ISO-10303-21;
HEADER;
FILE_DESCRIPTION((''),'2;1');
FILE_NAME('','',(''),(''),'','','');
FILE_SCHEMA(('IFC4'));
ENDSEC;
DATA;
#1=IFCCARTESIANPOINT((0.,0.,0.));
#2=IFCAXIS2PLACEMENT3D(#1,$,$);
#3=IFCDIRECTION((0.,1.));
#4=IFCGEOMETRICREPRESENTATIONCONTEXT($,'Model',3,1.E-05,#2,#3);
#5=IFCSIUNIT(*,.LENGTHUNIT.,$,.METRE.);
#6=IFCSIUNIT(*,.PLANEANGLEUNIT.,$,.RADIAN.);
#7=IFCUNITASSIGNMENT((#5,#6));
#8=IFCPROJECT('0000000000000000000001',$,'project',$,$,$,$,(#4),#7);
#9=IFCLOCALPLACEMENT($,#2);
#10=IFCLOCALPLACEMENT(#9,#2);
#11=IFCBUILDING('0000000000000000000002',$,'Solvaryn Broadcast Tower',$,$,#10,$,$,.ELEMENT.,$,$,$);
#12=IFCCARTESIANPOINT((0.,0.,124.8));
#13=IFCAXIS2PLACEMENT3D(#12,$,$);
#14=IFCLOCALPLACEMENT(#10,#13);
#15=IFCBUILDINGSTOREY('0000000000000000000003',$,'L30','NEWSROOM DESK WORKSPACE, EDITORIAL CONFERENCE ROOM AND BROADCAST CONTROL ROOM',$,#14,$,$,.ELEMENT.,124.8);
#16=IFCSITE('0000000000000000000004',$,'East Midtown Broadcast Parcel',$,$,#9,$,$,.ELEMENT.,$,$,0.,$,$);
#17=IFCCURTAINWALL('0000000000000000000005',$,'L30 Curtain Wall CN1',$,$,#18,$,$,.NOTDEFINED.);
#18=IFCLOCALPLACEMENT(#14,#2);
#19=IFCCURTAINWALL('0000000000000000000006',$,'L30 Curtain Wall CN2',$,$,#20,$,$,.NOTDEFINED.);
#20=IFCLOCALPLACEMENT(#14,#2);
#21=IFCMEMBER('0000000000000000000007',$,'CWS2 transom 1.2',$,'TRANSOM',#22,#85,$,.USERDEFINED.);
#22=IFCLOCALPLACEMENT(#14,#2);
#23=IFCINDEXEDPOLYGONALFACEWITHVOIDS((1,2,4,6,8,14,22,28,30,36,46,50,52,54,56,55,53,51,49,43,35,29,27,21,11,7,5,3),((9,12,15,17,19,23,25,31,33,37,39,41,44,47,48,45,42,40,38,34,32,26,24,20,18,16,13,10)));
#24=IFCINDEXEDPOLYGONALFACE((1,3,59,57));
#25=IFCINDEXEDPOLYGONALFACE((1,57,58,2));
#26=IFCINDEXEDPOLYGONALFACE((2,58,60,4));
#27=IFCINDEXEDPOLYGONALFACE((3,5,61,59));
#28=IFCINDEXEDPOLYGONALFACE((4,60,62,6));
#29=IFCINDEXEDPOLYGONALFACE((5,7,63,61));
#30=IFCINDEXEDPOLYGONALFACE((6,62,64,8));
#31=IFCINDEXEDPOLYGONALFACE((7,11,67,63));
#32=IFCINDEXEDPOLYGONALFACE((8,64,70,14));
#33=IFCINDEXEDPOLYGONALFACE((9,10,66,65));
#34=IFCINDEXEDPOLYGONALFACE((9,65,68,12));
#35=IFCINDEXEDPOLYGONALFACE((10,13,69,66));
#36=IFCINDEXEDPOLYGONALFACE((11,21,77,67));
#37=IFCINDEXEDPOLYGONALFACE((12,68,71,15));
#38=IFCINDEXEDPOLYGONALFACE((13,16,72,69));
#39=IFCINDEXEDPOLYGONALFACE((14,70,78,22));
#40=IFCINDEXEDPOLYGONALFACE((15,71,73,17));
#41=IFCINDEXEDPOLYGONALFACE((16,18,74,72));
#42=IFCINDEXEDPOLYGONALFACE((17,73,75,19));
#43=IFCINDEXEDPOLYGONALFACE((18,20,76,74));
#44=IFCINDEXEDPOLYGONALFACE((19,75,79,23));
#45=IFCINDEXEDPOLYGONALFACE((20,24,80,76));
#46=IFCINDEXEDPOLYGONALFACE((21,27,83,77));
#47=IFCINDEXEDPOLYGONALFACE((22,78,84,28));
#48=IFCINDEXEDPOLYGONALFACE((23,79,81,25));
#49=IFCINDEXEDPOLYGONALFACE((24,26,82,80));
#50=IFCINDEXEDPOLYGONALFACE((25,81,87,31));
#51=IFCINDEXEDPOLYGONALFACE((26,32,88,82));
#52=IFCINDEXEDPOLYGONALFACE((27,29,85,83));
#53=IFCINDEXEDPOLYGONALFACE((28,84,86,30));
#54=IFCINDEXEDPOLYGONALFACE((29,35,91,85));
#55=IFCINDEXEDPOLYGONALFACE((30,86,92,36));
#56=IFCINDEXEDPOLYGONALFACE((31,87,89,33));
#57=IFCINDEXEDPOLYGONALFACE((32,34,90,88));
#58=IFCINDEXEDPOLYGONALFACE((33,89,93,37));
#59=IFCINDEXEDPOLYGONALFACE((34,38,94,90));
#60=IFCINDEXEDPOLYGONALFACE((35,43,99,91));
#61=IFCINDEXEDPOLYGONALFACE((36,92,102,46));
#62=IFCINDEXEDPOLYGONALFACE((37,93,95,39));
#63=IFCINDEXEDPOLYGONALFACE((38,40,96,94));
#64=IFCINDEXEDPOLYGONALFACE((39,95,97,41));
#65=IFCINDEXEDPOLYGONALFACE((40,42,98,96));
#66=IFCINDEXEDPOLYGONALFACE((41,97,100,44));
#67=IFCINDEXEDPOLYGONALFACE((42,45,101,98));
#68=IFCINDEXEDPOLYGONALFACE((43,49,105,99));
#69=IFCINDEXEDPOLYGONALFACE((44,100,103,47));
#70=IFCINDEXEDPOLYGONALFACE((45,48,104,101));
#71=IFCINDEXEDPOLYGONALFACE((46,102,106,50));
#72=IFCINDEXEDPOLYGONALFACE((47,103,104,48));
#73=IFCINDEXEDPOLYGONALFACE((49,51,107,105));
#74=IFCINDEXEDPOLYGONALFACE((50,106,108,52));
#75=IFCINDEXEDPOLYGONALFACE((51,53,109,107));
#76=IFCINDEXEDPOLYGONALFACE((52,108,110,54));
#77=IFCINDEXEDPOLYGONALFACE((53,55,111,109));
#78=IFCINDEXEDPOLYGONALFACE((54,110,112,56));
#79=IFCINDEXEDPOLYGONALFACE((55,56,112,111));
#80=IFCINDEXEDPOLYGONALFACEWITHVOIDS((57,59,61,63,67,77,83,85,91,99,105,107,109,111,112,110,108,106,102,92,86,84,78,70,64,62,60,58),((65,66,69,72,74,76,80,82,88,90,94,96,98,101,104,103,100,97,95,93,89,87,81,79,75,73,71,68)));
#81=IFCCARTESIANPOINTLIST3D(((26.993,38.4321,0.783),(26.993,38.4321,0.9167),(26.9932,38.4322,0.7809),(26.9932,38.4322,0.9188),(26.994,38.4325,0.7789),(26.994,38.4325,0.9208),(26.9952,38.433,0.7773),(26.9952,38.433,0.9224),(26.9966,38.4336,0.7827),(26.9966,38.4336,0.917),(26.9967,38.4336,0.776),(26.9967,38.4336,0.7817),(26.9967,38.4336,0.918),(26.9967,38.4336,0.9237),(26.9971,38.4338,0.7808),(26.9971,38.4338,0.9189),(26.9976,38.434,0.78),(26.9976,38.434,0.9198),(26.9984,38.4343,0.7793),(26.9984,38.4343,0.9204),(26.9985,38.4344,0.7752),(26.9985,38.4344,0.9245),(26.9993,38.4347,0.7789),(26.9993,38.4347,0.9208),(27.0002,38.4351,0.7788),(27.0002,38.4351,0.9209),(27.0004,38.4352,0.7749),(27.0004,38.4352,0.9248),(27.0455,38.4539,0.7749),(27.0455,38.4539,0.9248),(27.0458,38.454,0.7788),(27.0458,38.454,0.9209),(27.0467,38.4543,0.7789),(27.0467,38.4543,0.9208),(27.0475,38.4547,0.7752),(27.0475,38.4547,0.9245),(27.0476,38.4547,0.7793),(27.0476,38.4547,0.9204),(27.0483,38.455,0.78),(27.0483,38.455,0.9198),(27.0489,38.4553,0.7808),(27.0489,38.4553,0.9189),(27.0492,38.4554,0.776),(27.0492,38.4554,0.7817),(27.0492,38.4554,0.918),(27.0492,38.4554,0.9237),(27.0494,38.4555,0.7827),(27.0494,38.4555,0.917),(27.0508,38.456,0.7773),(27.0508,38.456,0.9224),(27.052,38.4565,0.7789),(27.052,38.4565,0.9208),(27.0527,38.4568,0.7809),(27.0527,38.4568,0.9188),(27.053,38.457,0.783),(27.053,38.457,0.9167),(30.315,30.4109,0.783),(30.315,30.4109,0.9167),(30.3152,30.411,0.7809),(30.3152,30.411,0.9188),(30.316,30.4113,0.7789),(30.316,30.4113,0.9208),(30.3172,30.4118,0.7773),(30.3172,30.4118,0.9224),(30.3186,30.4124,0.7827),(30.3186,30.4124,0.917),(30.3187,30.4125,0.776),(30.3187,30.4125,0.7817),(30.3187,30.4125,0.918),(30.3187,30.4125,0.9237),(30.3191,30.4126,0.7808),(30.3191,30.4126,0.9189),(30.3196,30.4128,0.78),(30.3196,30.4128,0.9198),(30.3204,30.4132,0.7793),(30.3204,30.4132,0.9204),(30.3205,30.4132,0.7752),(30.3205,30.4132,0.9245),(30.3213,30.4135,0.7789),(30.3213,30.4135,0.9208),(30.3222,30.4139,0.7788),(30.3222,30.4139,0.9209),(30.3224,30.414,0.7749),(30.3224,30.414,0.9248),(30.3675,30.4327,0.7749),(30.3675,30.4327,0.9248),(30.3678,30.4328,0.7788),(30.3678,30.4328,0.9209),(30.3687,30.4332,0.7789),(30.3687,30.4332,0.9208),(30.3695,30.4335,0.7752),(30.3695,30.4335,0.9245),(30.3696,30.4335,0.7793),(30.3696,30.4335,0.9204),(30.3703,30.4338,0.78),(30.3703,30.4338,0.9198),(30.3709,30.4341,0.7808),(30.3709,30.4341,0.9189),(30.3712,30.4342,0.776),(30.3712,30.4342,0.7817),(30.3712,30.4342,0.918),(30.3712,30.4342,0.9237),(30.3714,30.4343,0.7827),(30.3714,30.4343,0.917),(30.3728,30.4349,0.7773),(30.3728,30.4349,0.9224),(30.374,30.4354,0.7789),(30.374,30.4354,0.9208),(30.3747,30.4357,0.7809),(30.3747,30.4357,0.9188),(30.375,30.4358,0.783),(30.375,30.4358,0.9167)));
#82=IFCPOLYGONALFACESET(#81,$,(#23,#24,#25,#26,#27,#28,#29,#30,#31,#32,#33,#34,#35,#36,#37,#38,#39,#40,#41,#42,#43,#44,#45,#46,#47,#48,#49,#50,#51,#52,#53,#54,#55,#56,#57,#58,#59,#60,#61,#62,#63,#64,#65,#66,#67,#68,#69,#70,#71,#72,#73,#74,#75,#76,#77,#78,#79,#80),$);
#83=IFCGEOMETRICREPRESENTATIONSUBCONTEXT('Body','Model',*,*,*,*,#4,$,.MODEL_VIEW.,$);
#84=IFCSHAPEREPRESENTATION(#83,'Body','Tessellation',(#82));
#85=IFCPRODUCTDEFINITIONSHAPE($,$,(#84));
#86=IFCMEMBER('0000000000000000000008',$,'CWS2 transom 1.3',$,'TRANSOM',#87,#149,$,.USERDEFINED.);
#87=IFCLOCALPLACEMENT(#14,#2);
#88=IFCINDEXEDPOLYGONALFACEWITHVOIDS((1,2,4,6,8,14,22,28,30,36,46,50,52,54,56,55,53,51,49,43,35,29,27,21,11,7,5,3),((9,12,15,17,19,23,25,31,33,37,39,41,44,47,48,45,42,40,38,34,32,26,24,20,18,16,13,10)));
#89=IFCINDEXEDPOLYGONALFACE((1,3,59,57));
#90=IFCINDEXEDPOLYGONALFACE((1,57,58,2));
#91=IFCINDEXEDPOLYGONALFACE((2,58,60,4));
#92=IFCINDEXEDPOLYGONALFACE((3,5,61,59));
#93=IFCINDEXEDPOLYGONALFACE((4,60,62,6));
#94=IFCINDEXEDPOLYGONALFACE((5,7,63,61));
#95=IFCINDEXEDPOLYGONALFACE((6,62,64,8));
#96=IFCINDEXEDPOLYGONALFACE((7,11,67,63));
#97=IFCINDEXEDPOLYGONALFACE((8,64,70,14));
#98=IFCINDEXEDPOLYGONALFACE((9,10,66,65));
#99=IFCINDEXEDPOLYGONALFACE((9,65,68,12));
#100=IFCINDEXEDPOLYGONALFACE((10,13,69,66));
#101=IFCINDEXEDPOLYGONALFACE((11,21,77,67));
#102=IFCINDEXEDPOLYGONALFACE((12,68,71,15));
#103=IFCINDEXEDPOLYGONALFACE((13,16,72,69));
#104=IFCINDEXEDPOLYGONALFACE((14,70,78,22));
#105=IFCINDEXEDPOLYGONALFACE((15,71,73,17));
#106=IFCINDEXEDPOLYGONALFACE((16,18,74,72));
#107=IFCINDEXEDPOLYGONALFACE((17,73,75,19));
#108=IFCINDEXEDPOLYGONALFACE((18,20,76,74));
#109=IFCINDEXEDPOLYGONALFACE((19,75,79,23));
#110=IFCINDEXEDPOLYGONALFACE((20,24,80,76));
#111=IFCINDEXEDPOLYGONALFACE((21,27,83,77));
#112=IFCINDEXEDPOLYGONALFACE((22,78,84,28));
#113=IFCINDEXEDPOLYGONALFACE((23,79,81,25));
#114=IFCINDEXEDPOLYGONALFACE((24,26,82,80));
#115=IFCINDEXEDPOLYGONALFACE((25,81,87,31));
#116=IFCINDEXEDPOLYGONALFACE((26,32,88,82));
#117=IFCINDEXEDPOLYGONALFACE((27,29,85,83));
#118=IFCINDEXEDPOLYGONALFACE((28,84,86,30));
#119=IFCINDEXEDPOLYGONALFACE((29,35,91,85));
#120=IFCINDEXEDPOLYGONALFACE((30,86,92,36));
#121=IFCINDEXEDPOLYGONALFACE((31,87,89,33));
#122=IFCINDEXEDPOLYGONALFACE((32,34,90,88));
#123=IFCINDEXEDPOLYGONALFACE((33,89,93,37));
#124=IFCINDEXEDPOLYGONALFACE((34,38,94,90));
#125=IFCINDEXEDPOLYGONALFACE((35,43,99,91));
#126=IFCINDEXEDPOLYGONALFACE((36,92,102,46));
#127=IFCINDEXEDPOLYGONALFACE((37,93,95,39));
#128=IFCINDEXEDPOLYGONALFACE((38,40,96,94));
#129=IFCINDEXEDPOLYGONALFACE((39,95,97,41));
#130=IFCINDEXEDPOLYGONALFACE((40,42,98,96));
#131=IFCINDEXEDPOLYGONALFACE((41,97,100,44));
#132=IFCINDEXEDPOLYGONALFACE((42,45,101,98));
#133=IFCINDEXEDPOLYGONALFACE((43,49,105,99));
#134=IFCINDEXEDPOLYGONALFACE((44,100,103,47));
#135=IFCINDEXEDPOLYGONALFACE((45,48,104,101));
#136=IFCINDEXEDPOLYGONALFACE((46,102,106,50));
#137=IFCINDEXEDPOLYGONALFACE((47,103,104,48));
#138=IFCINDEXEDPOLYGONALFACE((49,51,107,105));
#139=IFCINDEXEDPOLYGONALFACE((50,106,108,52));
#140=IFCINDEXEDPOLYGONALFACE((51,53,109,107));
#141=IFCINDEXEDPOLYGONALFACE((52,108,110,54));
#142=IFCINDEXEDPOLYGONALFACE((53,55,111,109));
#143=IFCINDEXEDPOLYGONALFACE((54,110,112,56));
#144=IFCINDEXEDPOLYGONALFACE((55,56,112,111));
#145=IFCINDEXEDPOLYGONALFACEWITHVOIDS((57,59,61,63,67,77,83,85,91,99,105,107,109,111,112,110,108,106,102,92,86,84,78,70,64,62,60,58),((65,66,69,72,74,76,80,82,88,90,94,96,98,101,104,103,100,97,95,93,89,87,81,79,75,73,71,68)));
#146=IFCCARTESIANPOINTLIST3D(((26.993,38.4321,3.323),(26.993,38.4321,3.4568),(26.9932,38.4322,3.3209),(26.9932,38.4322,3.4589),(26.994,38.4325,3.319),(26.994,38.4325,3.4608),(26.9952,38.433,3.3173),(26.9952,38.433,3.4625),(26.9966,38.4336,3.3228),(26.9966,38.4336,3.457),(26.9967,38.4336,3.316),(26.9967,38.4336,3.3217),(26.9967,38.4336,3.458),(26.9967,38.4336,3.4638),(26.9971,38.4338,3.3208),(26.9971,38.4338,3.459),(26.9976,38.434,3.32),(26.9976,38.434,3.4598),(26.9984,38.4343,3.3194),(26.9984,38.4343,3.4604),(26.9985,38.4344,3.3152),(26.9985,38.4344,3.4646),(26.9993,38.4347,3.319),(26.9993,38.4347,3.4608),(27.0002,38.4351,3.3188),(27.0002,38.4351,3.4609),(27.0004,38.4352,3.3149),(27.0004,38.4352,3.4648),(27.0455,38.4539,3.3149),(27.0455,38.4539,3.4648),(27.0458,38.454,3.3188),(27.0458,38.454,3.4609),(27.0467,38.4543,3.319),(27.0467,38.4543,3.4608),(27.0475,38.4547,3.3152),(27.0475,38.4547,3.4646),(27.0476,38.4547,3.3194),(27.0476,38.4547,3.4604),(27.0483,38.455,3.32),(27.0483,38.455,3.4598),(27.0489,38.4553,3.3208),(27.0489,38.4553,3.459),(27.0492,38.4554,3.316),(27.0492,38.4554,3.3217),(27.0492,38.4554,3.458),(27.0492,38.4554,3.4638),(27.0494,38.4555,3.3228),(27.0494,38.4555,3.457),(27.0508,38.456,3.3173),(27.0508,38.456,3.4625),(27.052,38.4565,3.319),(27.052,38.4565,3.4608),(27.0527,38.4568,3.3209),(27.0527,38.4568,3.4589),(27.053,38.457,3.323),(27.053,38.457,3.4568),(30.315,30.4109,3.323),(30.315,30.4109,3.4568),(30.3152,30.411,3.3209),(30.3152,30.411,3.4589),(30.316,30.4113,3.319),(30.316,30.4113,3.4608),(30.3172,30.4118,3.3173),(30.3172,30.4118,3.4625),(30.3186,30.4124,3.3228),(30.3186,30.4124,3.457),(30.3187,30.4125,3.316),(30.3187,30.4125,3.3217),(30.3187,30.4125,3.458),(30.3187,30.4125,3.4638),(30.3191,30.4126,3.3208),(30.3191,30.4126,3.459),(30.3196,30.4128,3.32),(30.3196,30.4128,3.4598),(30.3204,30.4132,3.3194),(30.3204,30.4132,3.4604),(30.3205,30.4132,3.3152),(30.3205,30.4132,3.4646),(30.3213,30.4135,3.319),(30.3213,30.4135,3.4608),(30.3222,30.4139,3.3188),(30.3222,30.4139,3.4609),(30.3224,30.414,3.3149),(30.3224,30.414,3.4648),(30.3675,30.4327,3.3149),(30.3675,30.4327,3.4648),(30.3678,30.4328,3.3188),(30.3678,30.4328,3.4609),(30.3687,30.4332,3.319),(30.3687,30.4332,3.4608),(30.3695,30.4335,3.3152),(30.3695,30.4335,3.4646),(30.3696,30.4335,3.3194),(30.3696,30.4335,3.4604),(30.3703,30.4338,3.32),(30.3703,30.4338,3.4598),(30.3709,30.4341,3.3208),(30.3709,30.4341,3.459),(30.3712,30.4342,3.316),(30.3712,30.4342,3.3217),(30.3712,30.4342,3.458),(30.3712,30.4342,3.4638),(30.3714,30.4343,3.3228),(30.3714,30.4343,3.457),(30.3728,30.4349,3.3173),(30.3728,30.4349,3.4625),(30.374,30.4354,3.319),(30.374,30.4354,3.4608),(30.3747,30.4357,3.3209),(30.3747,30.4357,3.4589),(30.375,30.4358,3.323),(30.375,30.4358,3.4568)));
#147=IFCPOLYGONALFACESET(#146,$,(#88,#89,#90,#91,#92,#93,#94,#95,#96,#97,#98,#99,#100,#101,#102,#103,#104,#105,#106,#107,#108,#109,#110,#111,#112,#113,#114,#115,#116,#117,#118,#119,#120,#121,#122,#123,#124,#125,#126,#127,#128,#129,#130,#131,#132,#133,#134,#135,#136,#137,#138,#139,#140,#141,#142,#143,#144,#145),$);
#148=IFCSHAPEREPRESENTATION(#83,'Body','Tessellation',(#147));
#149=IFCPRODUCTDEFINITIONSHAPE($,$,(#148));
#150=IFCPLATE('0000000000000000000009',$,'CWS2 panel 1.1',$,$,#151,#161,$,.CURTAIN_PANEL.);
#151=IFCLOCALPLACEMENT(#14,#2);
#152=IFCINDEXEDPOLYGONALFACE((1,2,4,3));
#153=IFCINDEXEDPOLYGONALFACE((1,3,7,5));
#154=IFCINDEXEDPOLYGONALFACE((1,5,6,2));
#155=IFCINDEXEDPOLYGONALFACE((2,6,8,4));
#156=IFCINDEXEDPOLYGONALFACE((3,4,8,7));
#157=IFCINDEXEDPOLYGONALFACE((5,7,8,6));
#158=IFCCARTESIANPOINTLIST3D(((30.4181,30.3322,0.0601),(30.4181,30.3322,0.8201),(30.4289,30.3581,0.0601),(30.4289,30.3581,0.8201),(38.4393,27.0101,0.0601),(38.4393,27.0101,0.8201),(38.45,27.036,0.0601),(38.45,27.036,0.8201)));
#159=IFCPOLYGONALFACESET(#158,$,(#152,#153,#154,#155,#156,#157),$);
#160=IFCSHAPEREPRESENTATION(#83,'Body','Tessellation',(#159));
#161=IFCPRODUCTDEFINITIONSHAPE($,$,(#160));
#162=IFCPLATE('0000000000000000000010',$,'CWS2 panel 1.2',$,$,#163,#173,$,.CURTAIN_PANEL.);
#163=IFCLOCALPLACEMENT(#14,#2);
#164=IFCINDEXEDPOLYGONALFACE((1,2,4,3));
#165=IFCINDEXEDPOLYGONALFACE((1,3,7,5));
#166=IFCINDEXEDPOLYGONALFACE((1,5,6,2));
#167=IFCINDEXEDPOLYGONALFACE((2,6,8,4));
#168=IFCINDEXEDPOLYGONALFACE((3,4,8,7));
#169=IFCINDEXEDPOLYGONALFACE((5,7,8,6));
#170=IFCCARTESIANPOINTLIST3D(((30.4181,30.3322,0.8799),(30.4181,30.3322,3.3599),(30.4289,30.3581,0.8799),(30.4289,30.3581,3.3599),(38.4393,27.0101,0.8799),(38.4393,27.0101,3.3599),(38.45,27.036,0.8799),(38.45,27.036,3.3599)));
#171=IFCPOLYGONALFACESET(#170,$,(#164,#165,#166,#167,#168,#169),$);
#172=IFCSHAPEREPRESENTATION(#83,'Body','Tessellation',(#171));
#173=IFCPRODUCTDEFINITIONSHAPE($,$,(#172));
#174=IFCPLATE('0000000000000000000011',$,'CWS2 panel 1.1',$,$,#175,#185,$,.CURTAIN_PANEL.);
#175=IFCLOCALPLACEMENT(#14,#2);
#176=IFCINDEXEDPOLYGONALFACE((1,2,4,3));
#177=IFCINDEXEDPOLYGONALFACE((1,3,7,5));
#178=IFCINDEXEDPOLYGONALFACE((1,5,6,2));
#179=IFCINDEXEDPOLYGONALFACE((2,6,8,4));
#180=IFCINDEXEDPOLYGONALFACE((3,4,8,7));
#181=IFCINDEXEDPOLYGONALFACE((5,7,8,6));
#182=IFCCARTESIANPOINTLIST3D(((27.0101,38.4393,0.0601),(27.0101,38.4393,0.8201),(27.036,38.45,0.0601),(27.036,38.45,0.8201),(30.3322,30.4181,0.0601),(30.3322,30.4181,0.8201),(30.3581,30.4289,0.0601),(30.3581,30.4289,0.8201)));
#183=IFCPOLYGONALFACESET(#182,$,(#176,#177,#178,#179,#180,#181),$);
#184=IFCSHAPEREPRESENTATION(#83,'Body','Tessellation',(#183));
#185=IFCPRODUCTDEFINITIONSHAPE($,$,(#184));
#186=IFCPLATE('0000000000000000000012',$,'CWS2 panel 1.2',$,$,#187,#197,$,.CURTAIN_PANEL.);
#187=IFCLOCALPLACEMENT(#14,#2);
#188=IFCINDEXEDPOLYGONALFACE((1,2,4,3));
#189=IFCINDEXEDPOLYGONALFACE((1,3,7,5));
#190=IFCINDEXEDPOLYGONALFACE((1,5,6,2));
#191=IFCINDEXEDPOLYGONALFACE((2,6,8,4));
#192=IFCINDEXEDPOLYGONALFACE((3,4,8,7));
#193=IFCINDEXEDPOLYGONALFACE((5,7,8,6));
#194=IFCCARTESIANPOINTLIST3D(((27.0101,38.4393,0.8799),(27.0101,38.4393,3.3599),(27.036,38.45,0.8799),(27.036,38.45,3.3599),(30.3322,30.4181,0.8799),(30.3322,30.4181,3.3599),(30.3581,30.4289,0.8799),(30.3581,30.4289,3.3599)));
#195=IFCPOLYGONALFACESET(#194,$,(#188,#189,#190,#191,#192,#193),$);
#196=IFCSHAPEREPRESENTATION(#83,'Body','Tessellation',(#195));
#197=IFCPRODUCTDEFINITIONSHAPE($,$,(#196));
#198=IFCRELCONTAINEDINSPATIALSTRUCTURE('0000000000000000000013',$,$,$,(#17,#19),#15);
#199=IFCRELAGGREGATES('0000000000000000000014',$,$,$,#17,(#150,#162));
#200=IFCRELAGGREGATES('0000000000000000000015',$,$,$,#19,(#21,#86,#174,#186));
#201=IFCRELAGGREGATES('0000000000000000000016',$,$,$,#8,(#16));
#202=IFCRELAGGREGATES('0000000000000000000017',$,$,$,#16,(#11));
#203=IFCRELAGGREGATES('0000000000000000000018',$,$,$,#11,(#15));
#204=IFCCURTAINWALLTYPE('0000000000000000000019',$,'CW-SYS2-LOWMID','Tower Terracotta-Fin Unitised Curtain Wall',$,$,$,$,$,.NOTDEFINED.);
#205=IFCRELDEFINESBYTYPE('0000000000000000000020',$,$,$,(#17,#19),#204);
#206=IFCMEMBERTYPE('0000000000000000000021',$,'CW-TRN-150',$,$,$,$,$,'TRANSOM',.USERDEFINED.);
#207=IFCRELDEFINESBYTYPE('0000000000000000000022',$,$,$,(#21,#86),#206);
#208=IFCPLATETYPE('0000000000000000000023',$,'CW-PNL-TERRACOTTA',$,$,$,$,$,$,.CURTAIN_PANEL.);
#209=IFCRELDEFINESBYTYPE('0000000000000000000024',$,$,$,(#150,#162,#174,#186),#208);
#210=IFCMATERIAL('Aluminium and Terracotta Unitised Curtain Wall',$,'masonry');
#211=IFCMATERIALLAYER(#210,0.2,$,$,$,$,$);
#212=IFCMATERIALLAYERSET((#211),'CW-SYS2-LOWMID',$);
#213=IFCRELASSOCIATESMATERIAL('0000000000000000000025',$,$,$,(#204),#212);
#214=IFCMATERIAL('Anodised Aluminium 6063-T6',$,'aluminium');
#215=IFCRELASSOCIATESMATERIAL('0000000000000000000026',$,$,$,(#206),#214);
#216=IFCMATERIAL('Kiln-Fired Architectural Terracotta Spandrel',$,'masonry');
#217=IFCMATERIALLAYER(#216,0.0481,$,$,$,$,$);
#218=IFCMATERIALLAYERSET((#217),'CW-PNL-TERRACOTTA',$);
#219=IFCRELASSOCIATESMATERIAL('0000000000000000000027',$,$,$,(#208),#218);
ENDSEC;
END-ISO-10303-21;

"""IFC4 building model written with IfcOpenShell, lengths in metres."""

from ifc_helpers import new_model, si_unit, direction, frame, origin, origin_2d, place, context, subcontext, project, spatial, rectangle, hollow_rectangle, extrude, material, layer, layer_set, material_profile, profile_set, type_object, element, aggregate, save


model = new_model("IFC4")

# Units and contexts
model_context = context("Model", 3, precision=1e-05, world=origin(), true_north=direction((0.0, 1.0)))
body_context = subcontext(model_context, "Body", "Model", "MODEL_VIEW")
ifc_project = project(units=[si_unit("LENGTHUNIT", "METRE"), si_unit("PLANEANGLEUNIT", "RADIAN")], contexts=[model_context])

# Site, building, storey
site_placement = place(None, origin())
site = spatial("IfcSite", under=ifc_project, at=site_placement, Name="East Midtown Broadcast Parcel", CompositionType="ELEMENT", RefElevation=0.0)
building_placement = place(site_placement, origin())
building = spatial("IfcBuilding", under=site, at=building_placement, Name="Solvaryn Broadcast Tower", CompositionType="ELEMENT")
storey_placement = place(building_placement, frame((0.0, 0.0, 124.8)))
storey = spatial("IfcBuildingStorey", under=building, at=storey_placement, Name="L30", Description="NEWSROOM DESK WORKSPACE, EDITORIAL CONFERENCE ROOM AND BROADCAST CONTROL ROOM", CompositionType="ELEMENT", Elevation=124.8)

# Curtain wall
ifc_material_1 = material(Name="Aluminium and Terracotta Unitised Curtain Wall", Category="masonry")
ifc_layer_1 = layer(ifc_material_1, 0.2)
ifc_layer_set_1 = layer_set([ifc_layer_1], Name="CW-SYS2-LOWMID")
curtain_wall_type = type_object("IfcCurtainWallType", Name="CW-SYS2-LOWMID", Description="Tower Terracotta-Fin Unitised Curtain Wall", PredefinedType="NOTDEFINED", material=ifc_layer_set_1)
curtain_wall_1_placement = place(storey_placement, origin())
curtain_wall_1 = element("IfcCurtainWall", 1, at=curtain_wall_1_placement, inside=storey, type_object=curtain_wall_type, Name="L30 Curtain Wall CN1", PredefinedType="NOTDEFINED")

# Curtain wall, members
curtain_wall_2_placement = place(storey_placement, origin())
curtain_wall_2 = element("IfcCurtainWall", 2, at=curtain_wall_2_placement, inside=storey, type_object=curtain_wall_type, Name="L30 Curtain Wall CN2", PredefinedType="NOTDEFINED")
ifc_material_2 = material(Name="Anodised Aluminium 6063-T6", Category="aluminium")
ifc_material_profile_1 = material_profile(ifc_material_2, hollow_rectangle(XDim=0.0649, YDim=0.1499, WallThickness=0.0039, InnerFilletRadius=0.0039, OuterFilletRadius=0.0081, at=origin_2d()))
ifc_profile_set_1 = profile_set([ifc_material_profile_1], Name="Anodised Aluminium 6063-T6")
member_type_1 = type_object("IfcMemberType", Name="CW-TRN-150", ElementType="TRANSOM", PredefinedType="USERDEFINED", material=ifc_profile_set_1)
member_1_placement = place(storey_placement, frame((30.345, 30.4233, 0.8499), z_axis=(-0.382636, 0.923899, 0.0), x_axis=(-0.923899, -0.382636, 0.0)))
member_1 = element("IfcMember", 3, at=member_1_placement, type_object=member_type_1, Name="CWS2 transom 1.2", ObjectType="TRANSOM", PredefinedType="USERDEFINED", context=body_context, shape_type="SweptSolid", body=[
    extrude(hollow_rectangle(XDim=0.0649, YDim=0.1499, WallThickness=0.0039, InnerFilletRadius=0.0039, OuterFilletRadius=0.0081, at=origin_2d()), origin(), (0.0, 0.0, 1.0), 8.6819),
])
member_2_placement = place(storey_placement, frame((30.345, 30.4233, 3.3899), z_axis=(-0.382636, 0.923899, 0.0), x_axis=(-0.923899, -0.382636, 0.0)))
member_2 = element("IfcMember", 4, at=member_2_placement, type_object=member_type_1, Name="CWS2 transom 1.3", ObjectType="TRANSOM", PredefinedType="USERDEFINED", context=body_context, shape_type="SweptSolid", body=[
    extrude(hollow_rectangle(XDim=0.0649, YDim=0.1499, WallThickness=0.0039, InnerFilletRadius=0.0039, OuterFilletRadius=0.0081, at=origin_2d()), origin(), (0.0, 0.0, 1.0), 8.6819),
])

# Plates
ifc_material_3 = material(Name="Kiln-Fired Architectural Terracotta Spandrel", Category="masonry")
ifc_layer_2 = layer(ifc_material_3, 0.0481)
ifc_layer_set_2 = layer_set([ifc_layer_2], Name="CW-PNL-TERRACOTTA")
plate_type = type_object("IfcPlateType", Name="CW-PNL-TERRACOTTA", PredefinedType="CURTAIN_PANEL", material=ifc_layer_set_2)
plate_1_placement = place(storey_placement, frame((34.4341, 28.6841, 0.0601), z_axis=(0.0, 0.0, 1.0), x_axis=(-0.923895, 0.382646, 0.0)))
plate_1 = element("IfcPlate", 5, at=plate_1_placement, type_object=plate_type, Name="CWS2 panel 1.1", PredefinedType="CURTAIN_PANEL", context=body_context, shape_type="SweptSolid", body=[
    extrude(rectangle(XDim=8.6819, YDim=0.0281, at=origin_2d()), origin(), (0.0, 0.0, 1.0), 0.76),
])
plate_2_placement = place(storey_placement, frame((34.4341, 28.6841, 0.8799), z_axis=(0.0, 0.0, 1.0), x_axis=(-0.923895, 0.382646, 0.0)))
plate_2 = element("IfcPlate", 6, at=plate_2_placement, type_object=plate_type, Name="CWS2 panel 1.2", PredefinedType="CURTAIN_PANEL", context=body_context, shape_type="SweptSolid", body=[
    extrude(rectangle(XDim=8.6819, YDim=0.0281, at=origin_2d()), origin(), (0.0, 0.0, 1.0), 2.48),
])
aggregate(curtain_wall_1, [plate_1, plate_2])
plate_3_placement = place(storey_placement, frame((28.6841, 34.4341, 0.0601), z_axis=(0.0, 0.0, 1.0), x_axis=(-0.382646, 0.923895, 0.0)))
plate_3 = element("IfcPlate", 7, at=plate_3_placement, type_object=plate_type, Name="CWS2 panel 1.1", PredefinedType="CURTAIN_PANEL", context=body_context, shape_type="SweptSolid", body=[
    extrude(rectangle(XDim=8.6819, YDim=0.0281, at=origin_2d()), origin(), (0.0, 0.0, 1.0), 0.76),
])
plate_4_placement = place(storey_placement, frame((28.6841, 34.4341, 0.8799), z_axis=(0.0, 0.0, 1.0), x_axis=(-0.382646, 0.923895, 0.0)))
plate_4 = element("IfcPlate", 8, at=plate_4_placement, type_object=plate_type, Name="CWS2 panel 1.2", PredefinedType="CURTAIN_PANEL", context=body_context, shape_type="SweptSolid", body=[
    extrude(rectangle(XDim=8.6819, YDim=0.0281, at=origin_2d()), origin(), (0.0, 0.0, 1.0), 2.48),
])
aggregate(curtain_wall_2, [member_1, member_2, plate_3, plate_4])

save(model, "model.ifc")
